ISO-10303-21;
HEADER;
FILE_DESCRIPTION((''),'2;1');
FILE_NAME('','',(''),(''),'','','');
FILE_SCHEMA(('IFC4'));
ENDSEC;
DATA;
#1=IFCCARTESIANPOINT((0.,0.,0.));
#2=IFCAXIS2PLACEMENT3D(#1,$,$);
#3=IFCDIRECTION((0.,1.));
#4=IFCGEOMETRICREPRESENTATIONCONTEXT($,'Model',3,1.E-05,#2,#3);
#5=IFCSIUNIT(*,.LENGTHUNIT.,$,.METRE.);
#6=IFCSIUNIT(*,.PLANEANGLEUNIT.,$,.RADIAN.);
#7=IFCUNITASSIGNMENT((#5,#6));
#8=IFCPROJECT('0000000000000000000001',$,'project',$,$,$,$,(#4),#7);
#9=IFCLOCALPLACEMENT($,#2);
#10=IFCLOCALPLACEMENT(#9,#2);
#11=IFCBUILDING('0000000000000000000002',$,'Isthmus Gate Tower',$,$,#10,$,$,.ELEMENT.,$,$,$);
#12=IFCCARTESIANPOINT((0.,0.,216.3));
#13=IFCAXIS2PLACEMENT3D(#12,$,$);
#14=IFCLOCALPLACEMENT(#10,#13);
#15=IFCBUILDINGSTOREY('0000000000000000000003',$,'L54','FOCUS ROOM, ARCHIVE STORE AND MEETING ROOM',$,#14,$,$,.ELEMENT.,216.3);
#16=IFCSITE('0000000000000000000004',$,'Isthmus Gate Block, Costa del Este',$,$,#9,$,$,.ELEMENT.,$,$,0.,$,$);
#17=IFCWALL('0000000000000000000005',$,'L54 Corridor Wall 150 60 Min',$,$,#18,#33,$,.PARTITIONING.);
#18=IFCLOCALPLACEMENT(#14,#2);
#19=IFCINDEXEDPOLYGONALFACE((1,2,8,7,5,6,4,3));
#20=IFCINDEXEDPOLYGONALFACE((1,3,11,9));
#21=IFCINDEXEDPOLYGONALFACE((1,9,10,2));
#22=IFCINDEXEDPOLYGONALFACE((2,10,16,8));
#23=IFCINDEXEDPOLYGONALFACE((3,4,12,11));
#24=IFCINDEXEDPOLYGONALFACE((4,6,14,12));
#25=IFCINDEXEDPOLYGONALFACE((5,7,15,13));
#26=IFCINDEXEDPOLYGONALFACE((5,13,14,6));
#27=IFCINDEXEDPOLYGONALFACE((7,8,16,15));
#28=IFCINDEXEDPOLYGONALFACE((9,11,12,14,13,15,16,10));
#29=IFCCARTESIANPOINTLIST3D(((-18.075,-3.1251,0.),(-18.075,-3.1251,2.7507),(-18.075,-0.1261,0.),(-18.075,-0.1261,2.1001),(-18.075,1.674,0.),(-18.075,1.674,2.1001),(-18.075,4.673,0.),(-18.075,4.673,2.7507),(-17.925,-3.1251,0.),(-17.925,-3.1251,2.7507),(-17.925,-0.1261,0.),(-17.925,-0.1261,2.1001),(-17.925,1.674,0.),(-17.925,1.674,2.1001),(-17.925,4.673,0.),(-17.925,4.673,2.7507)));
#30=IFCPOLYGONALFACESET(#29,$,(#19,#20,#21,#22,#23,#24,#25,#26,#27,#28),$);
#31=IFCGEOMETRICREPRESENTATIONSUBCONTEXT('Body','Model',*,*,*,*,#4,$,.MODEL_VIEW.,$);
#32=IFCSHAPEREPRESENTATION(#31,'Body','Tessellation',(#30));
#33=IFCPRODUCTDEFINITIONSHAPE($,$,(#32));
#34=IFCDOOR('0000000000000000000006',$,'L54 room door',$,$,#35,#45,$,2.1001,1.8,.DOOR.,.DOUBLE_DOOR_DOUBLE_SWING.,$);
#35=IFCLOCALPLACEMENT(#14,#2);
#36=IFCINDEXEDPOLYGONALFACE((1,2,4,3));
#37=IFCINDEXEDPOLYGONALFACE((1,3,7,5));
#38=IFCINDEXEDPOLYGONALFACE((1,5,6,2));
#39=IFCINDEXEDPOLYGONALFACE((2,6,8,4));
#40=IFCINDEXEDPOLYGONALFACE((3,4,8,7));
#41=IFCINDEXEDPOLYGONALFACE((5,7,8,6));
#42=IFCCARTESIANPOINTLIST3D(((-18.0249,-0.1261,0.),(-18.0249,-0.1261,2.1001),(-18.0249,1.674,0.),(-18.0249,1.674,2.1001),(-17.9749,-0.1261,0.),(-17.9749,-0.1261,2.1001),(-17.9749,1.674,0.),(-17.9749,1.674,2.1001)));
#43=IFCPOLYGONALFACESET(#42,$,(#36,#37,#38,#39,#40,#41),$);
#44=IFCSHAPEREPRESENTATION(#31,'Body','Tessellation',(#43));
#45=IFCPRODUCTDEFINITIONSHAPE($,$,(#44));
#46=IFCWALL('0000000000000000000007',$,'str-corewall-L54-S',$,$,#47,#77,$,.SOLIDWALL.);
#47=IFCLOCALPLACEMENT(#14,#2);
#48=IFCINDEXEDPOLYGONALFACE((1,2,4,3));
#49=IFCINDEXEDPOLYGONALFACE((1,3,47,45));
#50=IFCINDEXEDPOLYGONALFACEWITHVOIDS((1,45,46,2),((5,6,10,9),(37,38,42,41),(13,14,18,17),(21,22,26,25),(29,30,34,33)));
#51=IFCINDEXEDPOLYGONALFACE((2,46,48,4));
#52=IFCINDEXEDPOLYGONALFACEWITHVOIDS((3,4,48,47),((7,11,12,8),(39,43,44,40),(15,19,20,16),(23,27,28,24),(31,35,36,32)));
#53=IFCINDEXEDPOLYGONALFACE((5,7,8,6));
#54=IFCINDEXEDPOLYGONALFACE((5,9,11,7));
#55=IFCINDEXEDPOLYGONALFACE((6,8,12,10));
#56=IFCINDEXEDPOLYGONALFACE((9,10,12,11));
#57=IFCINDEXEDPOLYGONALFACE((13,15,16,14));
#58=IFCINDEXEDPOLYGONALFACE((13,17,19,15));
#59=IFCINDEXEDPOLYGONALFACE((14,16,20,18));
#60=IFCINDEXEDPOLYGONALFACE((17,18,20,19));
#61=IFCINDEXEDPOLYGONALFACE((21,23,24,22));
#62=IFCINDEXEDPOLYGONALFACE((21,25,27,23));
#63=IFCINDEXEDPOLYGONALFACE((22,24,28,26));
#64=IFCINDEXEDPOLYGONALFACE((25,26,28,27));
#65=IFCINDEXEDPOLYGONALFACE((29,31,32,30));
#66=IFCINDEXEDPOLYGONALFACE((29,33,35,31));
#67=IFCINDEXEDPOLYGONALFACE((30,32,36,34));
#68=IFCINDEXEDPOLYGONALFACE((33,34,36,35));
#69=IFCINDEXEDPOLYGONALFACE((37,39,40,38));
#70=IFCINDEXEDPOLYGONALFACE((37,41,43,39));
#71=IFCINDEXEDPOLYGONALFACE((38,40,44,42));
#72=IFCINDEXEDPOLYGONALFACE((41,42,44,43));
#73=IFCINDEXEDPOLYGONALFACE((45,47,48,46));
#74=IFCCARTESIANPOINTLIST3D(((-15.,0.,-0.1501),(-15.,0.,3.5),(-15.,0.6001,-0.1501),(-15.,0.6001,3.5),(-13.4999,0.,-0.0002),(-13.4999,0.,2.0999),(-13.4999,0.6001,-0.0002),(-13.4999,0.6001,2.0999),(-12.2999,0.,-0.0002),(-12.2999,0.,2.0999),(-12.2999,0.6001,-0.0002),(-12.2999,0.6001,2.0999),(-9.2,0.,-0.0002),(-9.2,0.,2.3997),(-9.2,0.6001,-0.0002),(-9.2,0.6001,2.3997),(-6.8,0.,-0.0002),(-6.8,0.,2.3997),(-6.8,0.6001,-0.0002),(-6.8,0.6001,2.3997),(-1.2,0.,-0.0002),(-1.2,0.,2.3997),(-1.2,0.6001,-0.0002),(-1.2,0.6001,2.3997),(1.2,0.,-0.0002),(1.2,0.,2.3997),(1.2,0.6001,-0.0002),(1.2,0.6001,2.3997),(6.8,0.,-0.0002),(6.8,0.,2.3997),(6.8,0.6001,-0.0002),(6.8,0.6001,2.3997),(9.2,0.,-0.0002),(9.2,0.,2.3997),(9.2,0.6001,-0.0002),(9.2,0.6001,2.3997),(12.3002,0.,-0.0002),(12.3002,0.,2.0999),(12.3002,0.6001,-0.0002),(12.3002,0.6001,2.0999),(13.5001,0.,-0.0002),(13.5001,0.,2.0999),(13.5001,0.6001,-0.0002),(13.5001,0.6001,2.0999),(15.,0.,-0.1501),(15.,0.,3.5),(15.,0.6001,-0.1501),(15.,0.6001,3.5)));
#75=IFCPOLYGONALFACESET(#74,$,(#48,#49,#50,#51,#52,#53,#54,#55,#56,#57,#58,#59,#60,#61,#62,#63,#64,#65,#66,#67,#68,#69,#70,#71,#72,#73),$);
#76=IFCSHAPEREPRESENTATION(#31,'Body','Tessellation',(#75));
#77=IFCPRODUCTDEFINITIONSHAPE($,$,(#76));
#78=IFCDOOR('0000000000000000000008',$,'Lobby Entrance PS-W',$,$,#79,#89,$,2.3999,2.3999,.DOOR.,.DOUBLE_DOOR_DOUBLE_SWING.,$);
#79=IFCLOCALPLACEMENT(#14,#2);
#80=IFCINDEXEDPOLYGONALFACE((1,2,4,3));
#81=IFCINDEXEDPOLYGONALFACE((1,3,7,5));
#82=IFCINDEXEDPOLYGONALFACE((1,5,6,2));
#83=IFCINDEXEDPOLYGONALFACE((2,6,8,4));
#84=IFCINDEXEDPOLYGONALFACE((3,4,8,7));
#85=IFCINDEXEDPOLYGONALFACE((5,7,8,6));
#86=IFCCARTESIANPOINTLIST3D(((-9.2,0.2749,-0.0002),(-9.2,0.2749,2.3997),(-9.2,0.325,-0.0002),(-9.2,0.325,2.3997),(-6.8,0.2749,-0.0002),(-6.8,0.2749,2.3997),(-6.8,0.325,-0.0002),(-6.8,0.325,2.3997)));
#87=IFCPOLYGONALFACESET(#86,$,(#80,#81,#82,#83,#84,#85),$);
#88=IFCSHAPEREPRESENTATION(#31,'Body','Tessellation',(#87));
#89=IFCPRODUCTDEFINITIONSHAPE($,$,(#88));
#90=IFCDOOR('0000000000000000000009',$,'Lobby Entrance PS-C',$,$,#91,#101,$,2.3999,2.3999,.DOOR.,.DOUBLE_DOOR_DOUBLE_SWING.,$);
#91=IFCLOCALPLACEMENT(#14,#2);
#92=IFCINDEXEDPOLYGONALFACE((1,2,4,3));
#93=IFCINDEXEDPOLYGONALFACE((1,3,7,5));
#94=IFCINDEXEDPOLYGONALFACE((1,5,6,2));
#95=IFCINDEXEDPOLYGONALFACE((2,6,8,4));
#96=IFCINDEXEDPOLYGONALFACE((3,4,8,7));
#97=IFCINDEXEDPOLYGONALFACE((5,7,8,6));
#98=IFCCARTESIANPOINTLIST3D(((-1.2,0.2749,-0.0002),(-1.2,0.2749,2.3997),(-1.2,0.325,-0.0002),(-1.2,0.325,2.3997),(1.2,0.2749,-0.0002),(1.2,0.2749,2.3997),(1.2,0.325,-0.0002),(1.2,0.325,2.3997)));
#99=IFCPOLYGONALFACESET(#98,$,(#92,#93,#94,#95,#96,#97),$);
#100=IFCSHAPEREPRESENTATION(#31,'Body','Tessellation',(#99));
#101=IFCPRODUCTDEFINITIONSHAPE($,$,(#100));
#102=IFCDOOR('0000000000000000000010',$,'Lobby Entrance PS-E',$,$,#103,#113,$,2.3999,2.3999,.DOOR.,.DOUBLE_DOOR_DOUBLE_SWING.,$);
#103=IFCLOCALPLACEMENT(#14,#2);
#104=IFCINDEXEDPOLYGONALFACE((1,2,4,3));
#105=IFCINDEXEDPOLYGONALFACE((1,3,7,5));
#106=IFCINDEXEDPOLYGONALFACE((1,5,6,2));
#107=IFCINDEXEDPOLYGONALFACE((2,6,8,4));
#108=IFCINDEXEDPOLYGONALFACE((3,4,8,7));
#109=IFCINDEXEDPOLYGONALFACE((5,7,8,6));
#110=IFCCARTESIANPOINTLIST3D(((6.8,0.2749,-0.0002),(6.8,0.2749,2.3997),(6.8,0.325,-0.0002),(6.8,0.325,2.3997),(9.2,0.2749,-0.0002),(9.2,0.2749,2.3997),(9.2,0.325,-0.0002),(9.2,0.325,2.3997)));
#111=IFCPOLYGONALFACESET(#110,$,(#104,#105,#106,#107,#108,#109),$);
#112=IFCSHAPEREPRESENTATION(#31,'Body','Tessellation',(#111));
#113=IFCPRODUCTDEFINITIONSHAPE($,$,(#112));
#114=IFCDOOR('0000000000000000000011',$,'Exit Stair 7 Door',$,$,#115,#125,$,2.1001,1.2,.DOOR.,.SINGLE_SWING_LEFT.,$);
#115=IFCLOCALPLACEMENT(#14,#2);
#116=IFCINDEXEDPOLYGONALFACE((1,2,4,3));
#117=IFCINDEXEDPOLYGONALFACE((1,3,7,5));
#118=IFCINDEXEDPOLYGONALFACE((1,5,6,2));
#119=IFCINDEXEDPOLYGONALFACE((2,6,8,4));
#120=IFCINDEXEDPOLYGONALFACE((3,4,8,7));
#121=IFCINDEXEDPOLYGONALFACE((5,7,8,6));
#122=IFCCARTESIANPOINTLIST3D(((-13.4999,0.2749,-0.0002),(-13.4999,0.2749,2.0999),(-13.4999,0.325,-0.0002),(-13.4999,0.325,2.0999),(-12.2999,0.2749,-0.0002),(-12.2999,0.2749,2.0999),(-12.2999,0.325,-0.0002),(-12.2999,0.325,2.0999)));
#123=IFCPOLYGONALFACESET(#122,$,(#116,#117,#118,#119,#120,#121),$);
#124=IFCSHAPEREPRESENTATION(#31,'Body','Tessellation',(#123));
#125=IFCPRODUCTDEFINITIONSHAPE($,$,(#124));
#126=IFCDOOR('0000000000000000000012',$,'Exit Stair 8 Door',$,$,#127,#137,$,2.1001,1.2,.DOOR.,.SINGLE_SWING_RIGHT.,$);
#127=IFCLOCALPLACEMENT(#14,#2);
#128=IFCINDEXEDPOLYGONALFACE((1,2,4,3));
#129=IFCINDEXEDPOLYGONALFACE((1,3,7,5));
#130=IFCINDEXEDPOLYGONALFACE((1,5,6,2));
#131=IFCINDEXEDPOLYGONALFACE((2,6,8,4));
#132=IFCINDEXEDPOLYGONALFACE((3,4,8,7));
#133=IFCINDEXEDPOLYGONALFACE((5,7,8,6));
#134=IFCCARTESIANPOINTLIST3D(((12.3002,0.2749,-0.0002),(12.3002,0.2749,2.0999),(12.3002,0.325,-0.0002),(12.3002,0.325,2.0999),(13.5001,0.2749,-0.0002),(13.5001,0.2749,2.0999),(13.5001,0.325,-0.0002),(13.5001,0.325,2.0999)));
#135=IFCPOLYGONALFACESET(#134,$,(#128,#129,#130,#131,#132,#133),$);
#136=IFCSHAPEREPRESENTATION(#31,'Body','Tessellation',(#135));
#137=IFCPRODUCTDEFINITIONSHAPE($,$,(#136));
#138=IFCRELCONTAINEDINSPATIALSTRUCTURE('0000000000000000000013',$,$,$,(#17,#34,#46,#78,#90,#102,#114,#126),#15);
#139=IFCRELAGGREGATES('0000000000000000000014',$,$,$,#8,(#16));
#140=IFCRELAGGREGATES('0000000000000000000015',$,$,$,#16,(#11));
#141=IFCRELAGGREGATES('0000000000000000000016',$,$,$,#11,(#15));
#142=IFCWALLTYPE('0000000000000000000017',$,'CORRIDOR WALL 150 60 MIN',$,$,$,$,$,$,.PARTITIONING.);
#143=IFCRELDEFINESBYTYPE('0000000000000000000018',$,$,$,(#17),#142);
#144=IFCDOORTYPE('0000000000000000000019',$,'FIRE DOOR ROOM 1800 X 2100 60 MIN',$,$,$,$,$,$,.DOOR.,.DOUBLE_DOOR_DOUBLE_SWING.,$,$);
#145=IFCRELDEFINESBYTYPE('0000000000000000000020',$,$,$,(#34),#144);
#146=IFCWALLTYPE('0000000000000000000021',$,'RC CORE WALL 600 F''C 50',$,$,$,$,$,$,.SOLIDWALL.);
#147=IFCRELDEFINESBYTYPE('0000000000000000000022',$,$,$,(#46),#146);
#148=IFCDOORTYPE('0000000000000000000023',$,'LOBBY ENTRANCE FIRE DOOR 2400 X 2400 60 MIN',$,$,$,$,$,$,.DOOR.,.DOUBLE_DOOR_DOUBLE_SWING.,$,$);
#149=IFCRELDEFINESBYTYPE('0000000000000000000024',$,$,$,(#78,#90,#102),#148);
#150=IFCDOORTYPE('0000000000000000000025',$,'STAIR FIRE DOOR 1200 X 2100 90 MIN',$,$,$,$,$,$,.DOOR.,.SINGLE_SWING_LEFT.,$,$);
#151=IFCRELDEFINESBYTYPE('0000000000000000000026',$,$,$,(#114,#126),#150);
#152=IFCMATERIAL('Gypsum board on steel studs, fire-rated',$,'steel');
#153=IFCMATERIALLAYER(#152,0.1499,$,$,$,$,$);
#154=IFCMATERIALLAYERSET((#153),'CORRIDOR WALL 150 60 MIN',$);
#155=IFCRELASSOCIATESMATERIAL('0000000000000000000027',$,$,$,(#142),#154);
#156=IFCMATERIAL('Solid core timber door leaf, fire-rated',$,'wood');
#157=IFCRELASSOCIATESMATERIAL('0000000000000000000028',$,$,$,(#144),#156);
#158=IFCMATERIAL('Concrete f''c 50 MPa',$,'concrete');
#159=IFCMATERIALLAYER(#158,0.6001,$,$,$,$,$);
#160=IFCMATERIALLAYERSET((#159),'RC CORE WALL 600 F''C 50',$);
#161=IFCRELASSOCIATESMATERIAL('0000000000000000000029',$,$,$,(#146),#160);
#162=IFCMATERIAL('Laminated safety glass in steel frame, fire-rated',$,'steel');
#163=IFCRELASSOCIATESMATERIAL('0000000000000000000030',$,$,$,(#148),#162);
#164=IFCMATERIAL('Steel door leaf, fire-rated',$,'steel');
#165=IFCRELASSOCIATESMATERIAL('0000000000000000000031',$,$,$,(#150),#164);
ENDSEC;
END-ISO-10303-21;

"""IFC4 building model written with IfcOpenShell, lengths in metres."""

from ifc_helpers import new_model, si_unit, direction, frame, frame_2d, origin, place, context, subcontext, project, spatial, rectangle, extrude, material, layer, layer_set, type_object, element, fill, save


model = new_model("IFC4")

# Units and contexts
model_context = context("Model", 3, precision=1e-05, world=origin(), true_north=direction((0.0, 1.0)))
body_context = subcontext(model_context, "Body", "Model", "MODEL_VIEW")
ifc_project = project(units=[si_unit("LENGTHUNIT", "METRE"), si_unit("PLANEANGLEUNIT", "RADIAN")], contexts=[model_context])

# Site, building, storey
site_placement = place(None, origin())
site = spatial("IfcSite", under=ifc_project, at=site_placement, Name="Isthmus Gate Block, Costa del Este", CompositionType="ELEMENT", RefElevation=0.0)
building_placement = place(site_placement, origin())
building = spatial("IfcBuilding", under=site, at=building_placement, Name="Isthmus Gate Tower", CompositionType="ELEMENT")
storey_placement = place(building_placement, frame((0.0, 0.0, 216.3)))
storey = spatial("IfcBuildingStorey", under=building, at=storey_placement, Name="L54", Description="FOCUS ROOM, ARCHIVE STORE AND MEETING ROOM", CompositionType="ELEMENT", Elevation=216.3)

# Shared definitions
ifc_material_1 = material(Name="Gypsum board on steel studs, fire-rated", Category="steel")
ifc_layer_1 = layer(ifc_material_1, 0.1499)
ifc_layer_set_1 = layer_set([ifc_layer_1], Name="CORRIDOR WALL 150 60 MIN")
wall_type_1 = type_object("IfcWallType", Name="CORRIDOR WALL 150 60 MIN", PredefinedType="PARTITIONING", material=ifc_layer_set_1)

# Wall, opening, door
wall_1_placement = place(storey_placement, frame((-18.0, -3.125, 0.0), z_axis=(0.0, 0.0, 1.0), x_axis=(0.0, 1.0, 0.0)))
wall_1 = element("IfcWall", 1, at=wall_1_placement, inside=storey, type_object=wall_type_1, Name="L54 Corridor Wall 150 60 Min", PredefinedType="PARTITIONING", context=body_context, shape_type="SweptSolid", body=[
    extrude(rectangle(XDim=7.7981, YDim=0.1499, at=frame_2d((3.8989, 0.0))), origin(), (0.0, 0.0, 1.0), 2.7507),
])
opening_1_placement = place(wall_1_placement, frame((2.999, 0.0, 0.0)))
opening_1 = element("IfcOpeningElement", 2, at=opening_1_placement, cuts=wall_1, PredefinedType="OPENING", context=body_context, shape_type="SweptSolid", body=[
    extrude(rectangle(XDim=1.8, YDim=2.1001, at=frame_2d((0.8999, 1.05))), frame((0.0, 0.085, 0.0), z_axis=(0.0, -1.0, 0.0), x_axis=(1.0, 0.0, 0.0)), (0.0, 0.0, 1.0), 0.1699),
])
ifc_material_2 = material(Name="Solid core timber door leaf, fire-rated", Category="wood")
door_type_1 = type_object("IfcDoorType", Name="FIRE DOOR ROOM 1800 X 2100 60 MIN", OperationType="DOUBLE_DOOR_DOUBLE_SWING", PredefinedType="DOOR", material=ifc_material_2)
door_1_placement = place(opening_1_placement, origin())
door_1 = element("IfcDoor", 3, at=door_1_placement, inside=storey, type_object=door_type_1, Name="L54 room door", OperationType="DOUBLE_DOOR_DOUBLE_SWING", OverallHeight=2.1001, OverallWidth=1.8, PredefinedType="DOOR", context=body_context, shape_type="SweptSolid", body=[
    extrude(rectangle(XDim=1.8, YDim=2.1001, at=frame_2d((0.8999, 1.05))), frame((0.0, 0.0249, 0.0), z_axis=(0.0, -1.0, 0.0), x_axis=(1.0, 0.0, 0.0)), (0.0, 0.0, 1.0), 0.05),
])
fill(opening_1, door_1)

# Wall, openings, doors
ifc_material_3 = material(Name="Concrete f'c 50 MPa", Category="concrete")
ifc_layer_2 = layer(ifc_material_3, 0.6001)
ifc_layer_set_2 = layer_set([ifc_layer_2], Name="RC CORE WALL 600 F'C 50")
wall_type_2 = type_object("IfcWallType", Name="RC CORE WALL 600 F'C 50", PredefinedType="SOLIDWALL", material=ifc_layer_set_2)
wall_2_placement = place(storey_placement, frame((-15.0, 0.3, -0.1501), z_axis=(0.0, 0.0, 1.0), x_axis=(1.0, 0.0, 0.0)))
wall_2 = element("IfcWall", 4, at=wall_2_placement, inside=storey, type_object=wall_type_2, Name="str-corewall-L54-S", PredefinedType="SOLIDWALL", context=body_context, shape_type="SweptSolid", body=[
    extrude(rectangle(XDim=30.0, YDim=0.6001, at=frame_2d((15.0, 0.0))), origin(), (0.0, 0.0, 1.0), 3.6501),
])
opening_2_placement = place(wall_2_placement, frame((5.8, 0.0, 0.1499)))
opening_2 = element("IfcOpeningElement", 5, at=opening_2_placement, cuts=wall_2, PredefinedType="OPENING", context=body_context, shape_type="SweptSolid", body=[
    extrude(rectangle(XDim=2.3999, YDim=2.3999, at=frame_2d((1.2, 1.2))), frame((0.0, 0.3101, 0.0), z_axis=(0.0, -1.0, 0.0), x_axis=(1.0, 0.0, 0.0)), (0.0, 0.0, 1.0), 0.6201),
])
opening_3_placement = place(wall_2_placement, frame((13.8, 0.0, 0.1499)))
opening_3 = element("IfcOpeningElement", 6, at=opening_3_placement, cuts=wall_2, PredefinedType="OPENING", context=body_context, shape_type="SweptSolid", body=[
    extrude(rectangle(XDim=2.3999, YDim=2.3999, at=frame_2d((1.2, 1.2))), frame((0.0, 0.3101, 0.0), z_axis=(0.0, -1.0, 0.0), x_axis=(1.0, 0.0, 0.0)), (0.0, 0.0, 1.0), 0.6201),
])
opening_4_placement = place(wall_2_placement, frame((21.8, 0.0, 0.1499)))
opening_4 = element("IfcOpeningElement", 7, at=opening_4_placement, cuts=wall_2, PredefinedType="OPENING", context=body_context, shape_type="SweptSolid", body=[
    extrude(rectangle(XDim=2.3999, YDim=2.3999, at=frame_2d((1.2, 1.2))), frame((0.0, 0.3101, 0.0), z_axis=(0.0, -1.0, 0.0), x_axis=(1.0, 0.0, 0.0)), (0.0, 0.0, 1.0), 0.6201),
])
opening_5_placement = place(wall_2_placement, frame((1.5, 0.0, 0.1499)))
opening_5 = element("IfcOpeningElement", 8, at=opening_5_placement, cuts=wall_2, PredefinedType="OPENING", context=body_context, shape_type="SweptSolid", body=[
    extrude(rectangle(XDim=1.2, YDim=2.1001, at=frame_2d((0.6001, 1.05))), frame((0.0, 0.3101, 0.0), z_axis=(0.0, -1.0, 0.0), x_axis=(1.0, 0.0, 0.0)), (0.0, 0.0, 1.0), 0.6201),
])
opening_6_placement = place(wall_2_placement, frame((27.3, 0.0, 0.1499)))
opening_6 = element("IfcOpeningElement", 9, at=opening_6_placement, cuts=wall_2, PredefinedType="OPENING", context=body_context, shape_type="SweptSolid", body=[
    extrude(rectangle(XDim=1.2, YDim=2.1001, at=frame_2d((0.6001, 1.05))), frame((0.0, 0.3101, 0.0), z_axis=(0.0, -1.0, 0.0), x_axis=(1.0, 0.0, 0.0)), (0.0, 0.0, 1.0), 0.6201),
])
ifc_material_4 = material(Name="Laminated safety glass in steel frame, fire-rated", Category="steel")
door_type_2 = type_object("IfcDoorType", Name="LOBBY ENTRANCE FIRE DOOR 2400 X 2400 60 MIN", OperationType="DOUBLE_DOOR_DOUBLE_SWING", PredefinedType="DOOR", material=ifc_material_4)
door_2_placement = place(opening_2_placement, origin())
door_2 = element("IfcDoor", 10, at=door_2_placement, inside=storey, type_object=door_type_2, Name="Lobby Entrance PS-W", OperationType="DOUBLE_DOOR_DOUBLE_SWING", OverallHeight=2.3999, OverallWidth=2.3999, PredefinedType="DOOR", context=body_context, shape_type="SweptSolid", body=[
    extrude(rectangle(XDim=2.3999, YDim=2.3999, at=frame_2d((1.2, 1.2))), frame((0.0, 0.0249, 0.0), z_axis=(0.0, -1.0, 0.0), x_axis=(1.0, 0.0, 0.0)), (0.0, 0.0, 1.0), 0.05),
])
fill(opening_2, door_2)
door_3_placement = place(opening_3_placement, origin())
door_3 = element("IfcDoor", 11, at=door_3_placement, inside=storey, type_object=door_type_2, Name="Lobby Entrance PS-C", OperationType="DOUBLE_DOOR_DOUBLE_SWING", OverallHeight=2.3999, OverallWidth=2.3999, PredefinedType="DOOR", context=body_context, shape_type="SweptSolid", body=[
    extrude(rectangle(XDim=2.3999, YDim=2.3999, at=frame_2d((1.2, 1.2))), frame((0.0, 0.0249, 0.0), z_axis=(0.0, -1.0, 0.0), x_axis=(1.0, 0.0, 0.0)), (0.0, 0.0, 1.0), 0.05),
])
fill(opening_3, door_3)
door_4_placement = place(opening_4_placement, origin())
door_4 = element("IfcDoor", 12, at=door_4_placement, inside=storey, type_object=door_type_2, Name="Lobby Entrance PS-E", OperationType="DOUBLE_DOOR_DOUBLE_SWING", OverallHeight=2.3999, OverallWidth=2.3999, PredefinedType="DOOR", context=body_context, shape_type="SweptSolid", body=[
    extrude(rectangle(XDim=2.3999, YDim=2.3999, at=frame_2d((1.2, 1.2))), frame((0.0, 0.0249, 0.0), z_axis=(0.0, -1.0, 0.0), x_axis=(1.0, 0.0, 0.0)), (0.0, 0.0, 1.0), 0.05),
])
fill(opening_4, door_4)
ifc_material_5 = material(Name="Steel door leaf, fire-rated", Category="steel")
door_type_3 = type_object("IfcDoorType", Name="STAIR FIRE DOOR 1200 X 2100 90 MIN", OperationType="SINGLE_SWING_LEFT", PredefinedType="DOOR", material=ifc_material_5)
door_5_placement = place(opening_5_placement, origin())
door_5 = element("IfcDoor", 13, at=door_5_placement, inside=storey, type_object=door_type_3, Name="Exit Stair 7 Door", OperationType="SINGLE_SWING_LEFT", OverallHeight=2.1001, OverallWidth=1.2, PredefinedType="DOOR", context=body_context, shape_type="SweptSolid", body=[
    extrude(rectangle(XDim=1.2, YDim=2.1001, at=frame_2d((0.6001, 1.05))), frame((0.0, 0.0249, 0.0), z_axis=(0.0, -1.0, 0.0), x_axis=(1.0, 0.0, 0.0)), (0.0, 0.0, 1.0), 0.05),
])
fill(opening_5, door_5)
door_6_placement = place(opening_6_placement, origin())
door_6 = element("IfcDoor", 14, at=door_6_placement, inside=storey, type_object=door_type_3, Name="Exit Stair 8 Door", OperationType="SINGLE_SWING_RIGHT", OverallHeight=2.1001, OverallWidth=1.2, PredefinedType="DOOR", context=body_context, shape_type="SweptSolid", body=[
    extrude(rectangle(XDim=1.2, YDim=2.1001, at=frame_2d((0.6001, 1.05))), frame((0.0, 0.0249, 0.0), z_axis=(0.0, -1.0, 0.0), x_axis=(1.0, 0.0, 0.0)), (0.0, 0.0, 1.0), 0.05),
])
fill(opening_6, door_6)

save(model, "model.ifc")
